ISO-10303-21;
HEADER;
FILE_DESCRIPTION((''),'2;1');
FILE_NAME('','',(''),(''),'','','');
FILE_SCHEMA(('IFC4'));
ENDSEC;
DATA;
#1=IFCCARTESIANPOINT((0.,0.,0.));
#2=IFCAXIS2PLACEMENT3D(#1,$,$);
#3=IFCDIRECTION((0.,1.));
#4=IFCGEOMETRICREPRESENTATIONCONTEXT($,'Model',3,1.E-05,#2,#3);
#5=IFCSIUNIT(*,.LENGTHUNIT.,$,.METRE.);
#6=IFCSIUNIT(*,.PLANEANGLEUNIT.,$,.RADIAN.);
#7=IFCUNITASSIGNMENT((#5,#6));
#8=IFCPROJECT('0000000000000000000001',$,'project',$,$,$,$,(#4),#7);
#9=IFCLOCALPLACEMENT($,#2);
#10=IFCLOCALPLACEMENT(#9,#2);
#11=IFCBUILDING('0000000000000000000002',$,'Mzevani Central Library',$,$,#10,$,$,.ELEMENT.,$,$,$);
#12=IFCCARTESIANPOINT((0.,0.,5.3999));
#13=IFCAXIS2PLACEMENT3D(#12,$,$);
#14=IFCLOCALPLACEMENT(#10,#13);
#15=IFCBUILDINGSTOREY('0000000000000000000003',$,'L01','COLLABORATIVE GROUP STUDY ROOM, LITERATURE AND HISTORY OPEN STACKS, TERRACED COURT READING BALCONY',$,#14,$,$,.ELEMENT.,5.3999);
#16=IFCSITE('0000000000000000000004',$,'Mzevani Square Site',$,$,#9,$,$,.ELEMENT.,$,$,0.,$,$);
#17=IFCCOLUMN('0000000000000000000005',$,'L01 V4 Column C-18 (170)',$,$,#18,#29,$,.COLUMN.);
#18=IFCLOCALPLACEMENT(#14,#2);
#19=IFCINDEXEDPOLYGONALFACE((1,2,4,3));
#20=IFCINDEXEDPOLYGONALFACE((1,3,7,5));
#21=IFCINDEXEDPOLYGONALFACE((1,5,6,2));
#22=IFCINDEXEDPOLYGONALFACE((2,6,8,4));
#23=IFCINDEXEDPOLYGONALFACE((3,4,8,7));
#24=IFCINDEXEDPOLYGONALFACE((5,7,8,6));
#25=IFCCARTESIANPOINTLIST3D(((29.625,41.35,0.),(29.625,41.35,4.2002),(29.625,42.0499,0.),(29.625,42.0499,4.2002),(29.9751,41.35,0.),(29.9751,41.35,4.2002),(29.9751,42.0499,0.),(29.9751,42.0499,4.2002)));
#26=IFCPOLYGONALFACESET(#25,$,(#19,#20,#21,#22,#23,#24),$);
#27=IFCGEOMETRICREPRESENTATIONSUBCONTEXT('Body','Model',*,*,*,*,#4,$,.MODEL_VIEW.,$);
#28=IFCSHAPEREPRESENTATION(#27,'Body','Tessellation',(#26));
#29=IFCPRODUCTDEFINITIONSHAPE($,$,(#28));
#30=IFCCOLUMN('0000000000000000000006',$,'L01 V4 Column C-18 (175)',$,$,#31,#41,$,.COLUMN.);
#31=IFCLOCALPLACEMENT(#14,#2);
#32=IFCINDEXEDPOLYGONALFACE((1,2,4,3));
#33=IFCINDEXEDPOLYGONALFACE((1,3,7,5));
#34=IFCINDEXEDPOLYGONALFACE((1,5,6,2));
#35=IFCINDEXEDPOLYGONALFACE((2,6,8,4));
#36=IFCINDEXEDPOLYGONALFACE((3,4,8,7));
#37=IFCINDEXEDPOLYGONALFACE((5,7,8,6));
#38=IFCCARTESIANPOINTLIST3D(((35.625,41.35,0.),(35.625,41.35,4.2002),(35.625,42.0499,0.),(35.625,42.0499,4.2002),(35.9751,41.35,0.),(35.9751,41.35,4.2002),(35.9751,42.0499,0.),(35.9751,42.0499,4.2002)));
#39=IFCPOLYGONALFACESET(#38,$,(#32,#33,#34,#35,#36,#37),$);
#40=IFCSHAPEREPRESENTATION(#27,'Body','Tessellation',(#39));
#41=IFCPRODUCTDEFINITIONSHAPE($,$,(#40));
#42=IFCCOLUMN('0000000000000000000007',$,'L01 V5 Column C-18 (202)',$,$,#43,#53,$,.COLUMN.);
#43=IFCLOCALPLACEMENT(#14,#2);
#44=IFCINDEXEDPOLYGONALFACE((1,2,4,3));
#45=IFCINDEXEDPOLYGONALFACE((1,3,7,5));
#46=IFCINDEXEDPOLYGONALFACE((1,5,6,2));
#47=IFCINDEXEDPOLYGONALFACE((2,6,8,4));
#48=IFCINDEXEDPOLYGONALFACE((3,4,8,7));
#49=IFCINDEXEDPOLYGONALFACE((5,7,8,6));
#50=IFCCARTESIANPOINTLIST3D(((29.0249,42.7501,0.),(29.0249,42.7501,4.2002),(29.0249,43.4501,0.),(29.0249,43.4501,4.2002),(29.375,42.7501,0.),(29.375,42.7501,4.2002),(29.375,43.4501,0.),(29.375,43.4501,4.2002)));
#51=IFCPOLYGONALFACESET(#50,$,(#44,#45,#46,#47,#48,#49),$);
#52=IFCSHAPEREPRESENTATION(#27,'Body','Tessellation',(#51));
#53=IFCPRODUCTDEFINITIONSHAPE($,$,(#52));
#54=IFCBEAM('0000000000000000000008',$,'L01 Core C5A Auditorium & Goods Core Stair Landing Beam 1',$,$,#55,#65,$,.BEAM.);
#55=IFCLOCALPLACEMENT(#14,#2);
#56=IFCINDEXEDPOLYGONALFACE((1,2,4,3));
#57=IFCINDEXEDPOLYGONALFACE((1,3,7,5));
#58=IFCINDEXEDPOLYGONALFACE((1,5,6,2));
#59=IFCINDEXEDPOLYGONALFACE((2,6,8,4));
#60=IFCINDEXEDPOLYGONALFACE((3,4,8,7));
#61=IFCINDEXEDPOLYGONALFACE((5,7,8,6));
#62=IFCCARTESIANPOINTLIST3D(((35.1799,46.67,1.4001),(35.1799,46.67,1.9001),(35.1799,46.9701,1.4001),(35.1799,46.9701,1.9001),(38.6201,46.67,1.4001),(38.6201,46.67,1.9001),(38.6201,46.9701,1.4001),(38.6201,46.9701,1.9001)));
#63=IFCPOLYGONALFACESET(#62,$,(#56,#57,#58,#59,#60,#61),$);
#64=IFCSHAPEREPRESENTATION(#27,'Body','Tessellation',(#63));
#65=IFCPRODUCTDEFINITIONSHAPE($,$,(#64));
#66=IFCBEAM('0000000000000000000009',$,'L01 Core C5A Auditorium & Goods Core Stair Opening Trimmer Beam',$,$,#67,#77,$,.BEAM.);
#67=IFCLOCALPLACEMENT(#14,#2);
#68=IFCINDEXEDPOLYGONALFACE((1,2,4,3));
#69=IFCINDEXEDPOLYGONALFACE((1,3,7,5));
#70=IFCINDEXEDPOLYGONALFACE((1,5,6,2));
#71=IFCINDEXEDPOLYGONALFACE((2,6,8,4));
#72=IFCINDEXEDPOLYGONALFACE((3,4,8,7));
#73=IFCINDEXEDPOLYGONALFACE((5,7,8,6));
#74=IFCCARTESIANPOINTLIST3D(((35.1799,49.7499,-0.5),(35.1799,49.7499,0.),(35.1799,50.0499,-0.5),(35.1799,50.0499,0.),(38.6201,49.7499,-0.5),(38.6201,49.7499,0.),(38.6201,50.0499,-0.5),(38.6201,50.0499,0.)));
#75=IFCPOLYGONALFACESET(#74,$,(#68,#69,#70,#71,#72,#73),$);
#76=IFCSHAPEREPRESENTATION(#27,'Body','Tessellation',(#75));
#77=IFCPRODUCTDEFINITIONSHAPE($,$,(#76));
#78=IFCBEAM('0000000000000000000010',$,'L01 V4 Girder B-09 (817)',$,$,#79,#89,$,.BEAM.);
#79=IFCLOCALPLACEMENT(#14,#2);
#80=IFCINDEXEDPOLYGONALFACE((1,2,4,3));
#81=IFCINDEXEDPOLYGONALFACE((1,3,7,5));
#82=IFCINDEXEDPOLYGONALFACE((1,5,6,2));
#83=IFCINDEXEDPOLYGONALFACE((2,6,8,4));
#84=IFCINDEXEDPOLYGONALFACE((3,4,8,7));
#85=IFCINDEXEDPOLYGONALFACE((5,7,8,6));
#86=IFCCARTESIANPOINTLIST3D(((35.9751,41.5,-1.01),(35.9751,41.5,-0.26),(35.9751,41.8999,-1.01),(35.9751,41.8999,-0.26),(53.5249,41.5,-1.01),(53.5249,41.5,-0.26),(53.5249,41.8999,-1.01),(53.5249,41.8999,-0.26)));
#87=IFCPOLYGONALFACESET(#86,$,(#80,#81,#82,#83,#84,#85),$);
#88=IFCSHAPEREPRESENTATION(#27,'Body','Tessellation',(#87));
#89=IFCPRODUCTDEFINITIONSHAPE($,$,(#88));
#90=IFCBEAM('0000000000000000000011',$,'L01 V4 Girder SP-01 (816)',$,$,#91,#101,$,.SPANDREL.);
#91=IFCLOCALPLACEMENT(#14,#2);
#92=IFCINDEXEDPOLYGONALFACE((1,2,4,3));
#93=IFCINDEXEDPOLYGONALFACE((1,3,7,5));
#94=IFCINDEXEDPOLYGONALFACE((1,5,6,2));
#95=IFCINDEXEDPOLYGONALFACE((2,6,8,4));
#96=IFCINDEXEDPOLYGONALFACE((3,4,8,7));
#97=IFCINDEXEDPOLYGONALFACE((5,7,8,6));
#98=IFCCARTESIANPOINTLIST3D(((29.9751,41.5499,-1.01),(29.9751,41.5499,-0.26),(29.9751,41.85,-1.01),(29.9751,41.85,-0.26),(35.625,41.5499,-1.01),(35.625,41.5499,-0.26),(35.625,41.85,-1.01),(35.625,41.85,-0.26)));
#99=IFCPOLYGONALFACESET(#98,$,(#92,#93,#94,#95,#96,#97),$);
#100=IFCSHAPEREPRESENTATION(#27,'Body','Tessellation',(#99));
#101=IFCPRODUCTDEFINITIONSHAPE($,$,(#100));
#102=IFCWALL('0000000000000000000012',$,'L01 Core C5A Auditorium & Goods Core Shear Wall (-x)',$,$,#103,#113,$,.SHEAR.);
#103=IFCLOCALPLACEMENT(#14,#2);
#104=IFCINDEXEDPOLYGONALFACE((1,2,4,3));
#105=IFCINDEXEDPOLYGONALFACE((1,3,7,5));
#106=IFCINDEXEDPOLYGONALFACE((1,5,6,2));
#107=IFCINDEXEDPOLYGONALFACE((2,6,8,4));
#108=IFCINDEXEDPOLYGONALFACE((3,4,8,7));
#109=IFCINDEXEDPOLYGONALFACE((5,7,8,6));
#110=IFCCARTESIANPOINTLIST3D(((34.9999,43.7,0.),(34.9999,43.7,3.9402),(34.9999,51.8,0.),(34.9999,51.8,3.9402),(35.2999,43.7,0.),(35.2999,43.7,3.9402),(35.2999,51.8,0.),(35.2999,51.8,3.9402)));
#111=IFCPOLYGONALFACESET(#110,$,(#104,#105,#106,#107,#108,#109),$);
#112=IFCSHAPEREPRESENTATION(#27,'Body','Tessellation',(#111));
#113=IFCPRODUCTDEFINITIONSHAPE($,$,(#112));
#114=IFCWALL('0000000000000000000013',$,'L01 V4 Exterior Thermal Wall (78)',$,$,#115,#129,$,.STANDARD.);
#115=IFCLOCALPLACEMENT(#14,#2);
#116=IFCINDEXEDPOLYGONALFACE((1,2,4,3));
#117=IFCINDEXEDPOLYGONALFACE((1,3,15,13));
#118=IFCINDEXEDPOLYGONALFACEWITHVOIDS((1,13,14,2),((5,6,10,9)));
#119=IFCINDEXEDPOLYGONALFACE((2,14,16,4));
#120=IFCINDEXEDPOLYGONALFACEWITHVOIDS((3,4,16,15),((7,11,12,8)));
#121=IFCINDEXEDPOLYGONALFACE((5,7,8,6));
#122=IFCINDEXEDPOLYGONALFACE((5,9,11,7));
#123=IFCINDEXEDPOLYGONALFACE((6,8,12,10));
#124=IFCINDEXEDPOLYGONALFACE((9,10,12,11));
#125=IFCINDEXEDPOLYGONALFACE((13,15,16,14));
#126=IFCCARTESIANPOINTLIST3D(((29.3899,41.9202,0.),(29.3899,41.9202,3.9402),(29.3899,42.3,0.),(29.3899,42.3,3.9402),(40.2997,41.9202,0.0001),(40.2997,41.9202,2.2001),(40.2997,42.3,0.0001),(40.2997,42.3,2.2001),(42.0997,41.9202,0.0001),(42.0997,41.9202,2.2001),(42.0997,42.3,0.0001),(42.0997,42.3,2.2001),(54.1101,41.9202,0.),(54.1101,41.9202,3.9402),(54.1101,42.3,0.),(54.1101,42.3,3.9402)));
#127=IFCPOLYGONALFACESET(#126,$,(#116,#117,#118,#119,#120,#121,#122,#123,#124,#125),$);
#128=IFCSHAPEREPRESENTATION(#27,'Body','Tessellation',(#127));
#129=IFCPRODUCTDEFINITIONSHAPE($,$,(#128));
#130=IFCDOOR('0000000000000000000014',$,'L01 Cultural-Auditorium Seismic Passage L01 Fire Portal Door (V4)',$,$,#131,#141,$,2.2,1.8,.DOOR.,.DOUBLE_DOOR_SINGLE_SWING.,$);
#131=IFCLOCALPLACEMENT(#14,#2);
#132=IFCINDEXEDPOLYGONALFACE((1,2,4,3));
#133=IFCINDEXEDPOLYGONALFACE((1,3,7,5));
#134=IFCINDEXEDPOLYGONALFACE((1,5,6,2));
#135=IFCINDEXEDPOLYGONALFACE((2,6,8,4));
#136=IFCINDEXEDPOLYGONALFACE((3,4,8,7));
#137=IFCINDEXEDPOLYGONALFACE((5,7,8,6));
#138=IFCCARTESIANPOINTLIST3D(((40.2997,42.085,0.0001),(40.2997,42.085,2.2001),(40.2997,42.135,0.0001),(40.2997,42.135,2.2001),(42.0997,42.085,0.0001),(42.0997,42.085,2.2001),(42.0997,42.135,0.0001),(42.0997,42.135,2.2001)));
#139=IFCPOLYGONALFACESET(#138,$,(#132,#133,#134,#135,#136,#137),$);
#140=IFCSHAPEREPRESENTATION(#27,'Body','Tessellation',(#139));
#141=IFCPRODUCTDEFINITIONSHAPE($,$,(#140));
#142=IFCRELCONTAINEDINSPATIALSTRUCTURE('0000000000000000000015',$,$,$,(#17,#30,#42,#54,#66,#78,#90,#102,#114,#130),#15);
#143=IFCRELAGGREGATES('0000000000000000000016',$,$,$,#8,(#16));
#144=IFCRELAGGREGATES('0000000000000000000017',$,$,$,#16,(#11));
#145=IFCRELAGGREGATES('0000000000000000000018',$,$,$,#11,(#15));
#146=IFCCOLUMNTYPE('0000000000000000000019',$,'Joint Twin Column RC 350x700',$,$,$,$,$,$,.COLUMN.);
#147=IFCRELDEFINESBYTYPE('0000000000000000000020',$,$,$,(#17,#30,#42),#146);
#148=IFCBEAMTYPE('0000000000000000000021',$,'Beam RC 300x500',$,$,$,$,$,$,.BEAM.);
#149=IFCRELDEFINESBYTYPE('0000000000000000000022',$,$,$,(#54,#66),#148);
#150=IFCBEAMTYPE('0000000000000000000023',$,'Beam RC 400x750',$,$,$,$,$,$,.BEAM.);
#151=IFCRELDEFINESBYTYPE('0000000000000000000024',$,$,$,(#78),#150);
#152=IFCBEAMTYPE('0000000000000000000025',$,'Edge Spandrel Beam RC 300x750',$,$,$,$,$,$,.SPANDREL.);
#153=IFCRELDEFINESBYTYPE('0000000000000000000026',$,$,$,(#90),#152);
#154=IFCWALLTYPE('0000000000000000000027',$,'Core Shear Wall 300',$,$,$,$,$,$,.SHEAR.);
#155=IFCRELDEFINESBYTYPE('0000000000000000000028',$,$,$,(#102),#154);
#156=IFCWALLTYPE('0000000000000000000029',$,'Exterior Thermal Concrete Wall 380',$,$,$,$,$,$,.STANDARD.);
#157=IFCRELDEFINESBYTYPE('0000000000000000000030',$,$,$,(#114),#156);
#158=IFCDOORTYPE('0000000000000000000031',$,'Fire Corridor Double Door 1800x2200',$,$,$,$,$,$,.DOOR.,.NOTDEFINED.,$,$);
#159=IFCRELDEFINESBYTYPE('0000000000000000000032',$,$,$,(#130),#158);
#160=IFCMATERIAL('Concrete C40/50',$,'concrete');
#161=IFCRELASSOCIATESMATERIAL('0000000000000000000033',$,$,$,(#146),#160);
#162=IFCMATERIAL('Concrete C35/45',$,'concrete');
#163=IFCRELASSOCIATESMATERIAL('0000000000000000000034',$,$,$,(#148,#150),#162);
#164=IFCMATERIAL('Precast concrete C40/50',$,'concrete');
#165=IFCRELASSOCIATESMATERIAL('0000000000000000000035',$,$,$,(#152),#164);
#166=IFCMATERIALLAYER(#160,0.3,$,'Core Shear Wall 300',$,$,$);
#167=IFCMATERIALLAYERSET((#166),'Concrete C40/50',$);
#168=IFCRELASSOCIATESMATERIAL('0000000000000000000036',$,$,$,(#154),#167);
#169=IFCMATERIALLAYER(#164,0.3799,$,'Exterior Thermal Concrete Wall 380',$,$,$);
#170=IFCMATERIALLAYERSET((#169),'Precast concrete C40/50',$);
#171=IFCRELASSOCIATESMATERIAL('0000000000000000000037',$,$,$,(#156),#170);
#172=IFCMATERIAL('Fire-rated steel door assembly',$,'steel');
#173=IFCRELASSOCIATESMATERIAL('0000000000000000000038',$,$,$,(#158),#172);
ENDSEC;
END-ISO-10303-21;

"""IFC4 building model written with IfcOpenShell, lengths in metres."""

from ifc_helpers import new_model, si_unit, direction, frame, frame_2d, origin, origin_2d, place, context, subcontext, project, spatial, rectangle, extrude, material, layer, layer_set, material_profile, profile_set, type_object, element, fill, save


model = new_model("IFC4")

# Units and contexts
model_context = context("Model", 3, precision=1e-05, world=origin(), true_north=direction((0.0, 1.0)))
body_context = subcontext(model_context, "Body", "Model", "MODEL_VIEW")
ifc_project = project(units=[si_unit("LENGTHUNIT", "METRE"), si_unit("PLANEANGLEUNIT", "RADIAN")], contexts=[model_context])

# Site, building, storey
site_placement = place(None, origin())
site = spatial("IfcSite", under=ifc_project, at=site_placement, Name="Mzevani Square Site", CompositionType="ELEMENT", RefElevation=0.0)
building_placement = place(site_placement, origin())
building = spatial("IfcBuilding", under=site, at=building_placement, Name="Mzevani Central Library", CompositionType="ELEMENT")
storey_placement = place(building_placement, frame((0.0, 0.0, 5.3999)))
storey = spatial("IfcBuildingStorey", under=building, at=storey_placement, Name="L01", Description="COLLABORATIVE GROUP STUDY ROOM, LITERATURE AND HISTORY OPEN STACKS, TERRACED COURT READING BALCONY", CompositionType="ELEMENT", Elevation=5.3999)

# Columns
ifc_material_1 = material(Name="Concrete C40/50", Category="concrete")
ifc_material_profile_1 = material_profile(ifc_material_1, rectangle(XDim=0.3501, YDim=0.7, at=origin_2d()), Name="RC 350x700")
ifc_profile_set_1 = profile_set([ifc_material_profile_1], Name="Concrete C40/50")
column_type = type_object("IfcColumnType", Name="Joint Twin Column RC 350x700", PredefinedType="COLUMN", material=ifc_profile_set_1)
for number, where, z_axis, x_axis, name in (
    (1, (29.8, 41.7, 0.0), (0.0, 0.0, 1.0), (1.0, 0.0, 0.0), "L01 V4 Column C-18 (170)"),
    (2, (35.8, 41.7, 0.0), (0.0, 0.0, 1.0), (1.0, 0.0, 0.0), "L01 V4 Column C-18 (175)"),
    (3, (29.2, 43.1001, 0.0), (0.0, 0.0, 1.0), (1.0, 0.0, 0.0), "L01 V5 Column C-18 (202)"),
):
    element("IfcColumn", number, at=place(storey_placement, frame(where, z_axis=z_axis, x_axis=x_axis)), inside=storey, type_object=column_type, Name=name, PredefinedType="COLUMN", context=body_context, shape_type="SweptSolid", body=[
        extrude(rectangle(XDim=0.3501, YDim=0.7, at=origin_2d()), origin(), (0.0, 0.0, 1.0), 4.2002),
    ])

# Beams
ifc_material_2 = material(Name="Concrete C35/45", Category="concrete")
ifc_material_profile_2 = material_profile(ifc_material_2, rectangle(XDim=0.3, YDim=0.5, at=origin_2d()), Name="RC B300x500")
ifc_profile_set_2 = profile_set([ifc_material_profile_2], Name="Concrete C35/45")
beam_type_1 = type_object("IfcBeamType", Name="Beam RC 300x500", PredefinedType="BEAM", material=ifc_profile_set_2)
for number, where, z_axis, x_axis, name in (
    (4, (35.1799, 46.8201, 1.6501), (1.0, 0.0, 0.0), (0.0, 1.0, 0.0), "L01 Core C5A Auditorium & Goods Core Stair Landing Beam 1"),
    (5, (35.1799, 49.8999, -0.25), (1.0, 0.0, 0.0), (0.0, 1.0, 0.0), "L01 Core C5A Auditorium & Goods Core Stair Opening Trimmer Beam"),
):
    element("IfcBeam", number, at=place(storey_placement, frame(where, z_axis=z_axis, x_axis=x_axis)), inside=storey, type_object=beam_type_1, Name=name, PredefinedType="BEAM", context=body_context, shape_type="SweptSolid", body=[
        extrude(rectangle(XDim=0.3, YDim=0.5, at=origin_2d()), origin(), (0.0, 0.0, 1.0), 3.4402),
    ])
ifc_material_profile_3 = material_profile(ifc_material_2, rectangle(XDim=0.3999, YDim=0.75, at=origin_2d()), Name="RC B400x750")
ifc_profile_set_3 = profile_set([ifc_material_profile_3], Name="Concrete C35/45")
beam_type_2 = type_object("IfcBeamType", Name="Beam RC 400x750", PredefinedType="BEAM", material=ifc_profile_set_3)
beam_1_placement = place(storey_placement, frame((35.9751, 41.7, -0.635), z_axis=(1.0, 0.0, 0.0), x_axis=(0.0, 1.0, 0.0)))
element("IfcBeam", 6, at=beam_1_placement, inside=storey, type_object=beam_type_2, Name="L01 V4 Girder B-09 (817)", PredefinedType="BEAM", context=body_context, shape_type="SweptSolid", body=[
    extrude(rectangle(XDim=0.3999, YDim=0.75, at=origin_2d()), origin(), (0.0, 0.0, 1.0), 17.5498),
])
ifc_material_3 = material(Name="Precast concrete C40/50", Category="concrete")
ifc_material_profile_4 = material_profile(ifc_material_3, rectangle(XDim=0.3, YDim=0.75, at=origin_2d()), Name="RC SP300x750")
ifc_profile_set_4 = profile_set([ifc_material_profile_4], Name="Precast concrete C40/50")
beam_type_3 = type_object("IfcBeamType", Name="Edge Spandrel Beam RC 300x750", PredefinedType="SPANDREL", material=ifc_profile_set_4)
beam_2_placement = place(storey_placement, frame((29.9751, 41.7, -0.635), z_axis=(1.0, 0.0, 0.0), x_axis=(0.0, 1.0, 0.0)))
element("IfcBeam", 7, at=beam_2_placement, inside=storey, type_object=beam_type_3, Name="L01 V4 Girder SP-01 (816)", PredefinedType="SPANDREL", context=body_context, shape_type="SweptSolid", body=[
    extrude(rectangle(XDim=0.3, YDim=0.75, at=origin_2d()), origin(), (0.0, 0.0, 1.0), 5.6499),
])

# Wall
ifc_layer_1 = layer(ifc_material_1, 0.3, Name="Core Shear Wall 300")
ifc_layer_set_1 = layer_set([ifc_layer_1], Name="Concrete C40/50")
wall_type_1 = type_object("IfcWallType", Name="Core Shear Wall 300", PredefinedType="SHEAR", material=ifc_layer_set_1)
wall_1_placement = place(storey_placement, frame((35.1499, 43.7, 0.0), z_axis=(0.0, 0.0, 1.0), x_axis=(0.0, 1.0, 0.0)))
element("IfcWall", 8, at=wall_1_placement, inside=storey, type_object=wall_type_1, Name="L01 Core C5A Auditorium & Goods Core Shear Wall (-x)", PredefinedType="SHEAR", context=body_context, shape_type="SweptSolid", body=[
    extrude(rectangle(XDim=8.1001, YDim=0.3, at=frame_2d((4.05, 0.0))), origin(), (0.0, 0.0, 1.0), 3.9402),
])

# Wall, opening, door
ifc_layer_2 = layer(ifc_material_3, 0.3799, Name="Exterior Thermal Concrete Wall 380")
ifc_layer_set_2 = layer_set([ifc_layer_2], Name="Precast concrete C40/50")
wall_type_2 = type_object("IfcWallType", Name="Exterior Thermal Concrete Wall 380", PredefinedType="STANDARD", material=ifc_layer_set_2)
wall_2_placement = place(storey_placement, frame((29.3899, 42.1101, 0.0), z_axis=(0.0, 0.0, 1.0), x_axis=(1.0, 0.0, 0.0)))
wall_2 = element("IfcWall", 9, at=wall_2_placement, inside=storey, type_object=wall_type_2, Name="L01 V4 Exterior Thermal Wall (78)", PredefinedType="STANDARD", context=body_context, shape_type="SweptSolid", body=[
    extrude(rectangle(XDim=24.7202, YDim=0.3799, at=frame_2d((12.3601, 0.0))), origin(), (0.0, 0.0, 1.0), 3.9402),
])
opening_1_placement = place(wall_2_placement, frame((10.9099, 0.0, 0.0)))
opening_1 = element("IfcOpeningElement", 10, at=opening_1_placement, cuts=wall_2, PredefinedType="OPENING", context=body_context, shape_type="SweptSolid", body=[
    extrude(rectangle(XDim=1.8, YDim=2.2, at=frame_2d((0.8999, 1.1001))), frame((0.0, 0.2, 0.0), z_axis=(0.0, -1.0, 0.0), x_axis=(1.0, 0.0, 0.0)), (0.0, 0.0, 1.0), 0.3999),
])
ifc_material_4 = material(Name="Fire-rated steel door assembly", Category="steel")
door_type_1 = type_object("IfcDoorType", Name="Fire Corridor Double Door 1800x2200", OperationType="NOTDEFINED", PredefinedType="DOOR", material=ifc_material_4)
door_1_placement = place(opening_1_placement, origin())
door_1 = element("IfcDoor", 11, at=door_1_placement, inside=storey, type_object=door_type_1, Name="L01 Cultural-Auditorium Seismic Passage L01 Fire Portal Door (V4)", OperationType="DOUBLE_DOOR_SINGLE_SWING", OverallHeight=2.2, OverallWidth=1.8, PredefinedType="DOOR", context=body_context, shape_type="SweptSolid", body=[
    extrude(rectangle(XDim=1.8, YDim=2.2, at=frame_2d((0.8999, 1.1001))), frame((0.0, 0.0249, 0.0), z_axis=(0.0, -1.0, 0.0), x_axis=(1.0, 0.0, 0.0)), (0.0, 0.0, 1.0), 0.05),
])
fill(opening_1, door_1)

save(model, "model.ifc")
